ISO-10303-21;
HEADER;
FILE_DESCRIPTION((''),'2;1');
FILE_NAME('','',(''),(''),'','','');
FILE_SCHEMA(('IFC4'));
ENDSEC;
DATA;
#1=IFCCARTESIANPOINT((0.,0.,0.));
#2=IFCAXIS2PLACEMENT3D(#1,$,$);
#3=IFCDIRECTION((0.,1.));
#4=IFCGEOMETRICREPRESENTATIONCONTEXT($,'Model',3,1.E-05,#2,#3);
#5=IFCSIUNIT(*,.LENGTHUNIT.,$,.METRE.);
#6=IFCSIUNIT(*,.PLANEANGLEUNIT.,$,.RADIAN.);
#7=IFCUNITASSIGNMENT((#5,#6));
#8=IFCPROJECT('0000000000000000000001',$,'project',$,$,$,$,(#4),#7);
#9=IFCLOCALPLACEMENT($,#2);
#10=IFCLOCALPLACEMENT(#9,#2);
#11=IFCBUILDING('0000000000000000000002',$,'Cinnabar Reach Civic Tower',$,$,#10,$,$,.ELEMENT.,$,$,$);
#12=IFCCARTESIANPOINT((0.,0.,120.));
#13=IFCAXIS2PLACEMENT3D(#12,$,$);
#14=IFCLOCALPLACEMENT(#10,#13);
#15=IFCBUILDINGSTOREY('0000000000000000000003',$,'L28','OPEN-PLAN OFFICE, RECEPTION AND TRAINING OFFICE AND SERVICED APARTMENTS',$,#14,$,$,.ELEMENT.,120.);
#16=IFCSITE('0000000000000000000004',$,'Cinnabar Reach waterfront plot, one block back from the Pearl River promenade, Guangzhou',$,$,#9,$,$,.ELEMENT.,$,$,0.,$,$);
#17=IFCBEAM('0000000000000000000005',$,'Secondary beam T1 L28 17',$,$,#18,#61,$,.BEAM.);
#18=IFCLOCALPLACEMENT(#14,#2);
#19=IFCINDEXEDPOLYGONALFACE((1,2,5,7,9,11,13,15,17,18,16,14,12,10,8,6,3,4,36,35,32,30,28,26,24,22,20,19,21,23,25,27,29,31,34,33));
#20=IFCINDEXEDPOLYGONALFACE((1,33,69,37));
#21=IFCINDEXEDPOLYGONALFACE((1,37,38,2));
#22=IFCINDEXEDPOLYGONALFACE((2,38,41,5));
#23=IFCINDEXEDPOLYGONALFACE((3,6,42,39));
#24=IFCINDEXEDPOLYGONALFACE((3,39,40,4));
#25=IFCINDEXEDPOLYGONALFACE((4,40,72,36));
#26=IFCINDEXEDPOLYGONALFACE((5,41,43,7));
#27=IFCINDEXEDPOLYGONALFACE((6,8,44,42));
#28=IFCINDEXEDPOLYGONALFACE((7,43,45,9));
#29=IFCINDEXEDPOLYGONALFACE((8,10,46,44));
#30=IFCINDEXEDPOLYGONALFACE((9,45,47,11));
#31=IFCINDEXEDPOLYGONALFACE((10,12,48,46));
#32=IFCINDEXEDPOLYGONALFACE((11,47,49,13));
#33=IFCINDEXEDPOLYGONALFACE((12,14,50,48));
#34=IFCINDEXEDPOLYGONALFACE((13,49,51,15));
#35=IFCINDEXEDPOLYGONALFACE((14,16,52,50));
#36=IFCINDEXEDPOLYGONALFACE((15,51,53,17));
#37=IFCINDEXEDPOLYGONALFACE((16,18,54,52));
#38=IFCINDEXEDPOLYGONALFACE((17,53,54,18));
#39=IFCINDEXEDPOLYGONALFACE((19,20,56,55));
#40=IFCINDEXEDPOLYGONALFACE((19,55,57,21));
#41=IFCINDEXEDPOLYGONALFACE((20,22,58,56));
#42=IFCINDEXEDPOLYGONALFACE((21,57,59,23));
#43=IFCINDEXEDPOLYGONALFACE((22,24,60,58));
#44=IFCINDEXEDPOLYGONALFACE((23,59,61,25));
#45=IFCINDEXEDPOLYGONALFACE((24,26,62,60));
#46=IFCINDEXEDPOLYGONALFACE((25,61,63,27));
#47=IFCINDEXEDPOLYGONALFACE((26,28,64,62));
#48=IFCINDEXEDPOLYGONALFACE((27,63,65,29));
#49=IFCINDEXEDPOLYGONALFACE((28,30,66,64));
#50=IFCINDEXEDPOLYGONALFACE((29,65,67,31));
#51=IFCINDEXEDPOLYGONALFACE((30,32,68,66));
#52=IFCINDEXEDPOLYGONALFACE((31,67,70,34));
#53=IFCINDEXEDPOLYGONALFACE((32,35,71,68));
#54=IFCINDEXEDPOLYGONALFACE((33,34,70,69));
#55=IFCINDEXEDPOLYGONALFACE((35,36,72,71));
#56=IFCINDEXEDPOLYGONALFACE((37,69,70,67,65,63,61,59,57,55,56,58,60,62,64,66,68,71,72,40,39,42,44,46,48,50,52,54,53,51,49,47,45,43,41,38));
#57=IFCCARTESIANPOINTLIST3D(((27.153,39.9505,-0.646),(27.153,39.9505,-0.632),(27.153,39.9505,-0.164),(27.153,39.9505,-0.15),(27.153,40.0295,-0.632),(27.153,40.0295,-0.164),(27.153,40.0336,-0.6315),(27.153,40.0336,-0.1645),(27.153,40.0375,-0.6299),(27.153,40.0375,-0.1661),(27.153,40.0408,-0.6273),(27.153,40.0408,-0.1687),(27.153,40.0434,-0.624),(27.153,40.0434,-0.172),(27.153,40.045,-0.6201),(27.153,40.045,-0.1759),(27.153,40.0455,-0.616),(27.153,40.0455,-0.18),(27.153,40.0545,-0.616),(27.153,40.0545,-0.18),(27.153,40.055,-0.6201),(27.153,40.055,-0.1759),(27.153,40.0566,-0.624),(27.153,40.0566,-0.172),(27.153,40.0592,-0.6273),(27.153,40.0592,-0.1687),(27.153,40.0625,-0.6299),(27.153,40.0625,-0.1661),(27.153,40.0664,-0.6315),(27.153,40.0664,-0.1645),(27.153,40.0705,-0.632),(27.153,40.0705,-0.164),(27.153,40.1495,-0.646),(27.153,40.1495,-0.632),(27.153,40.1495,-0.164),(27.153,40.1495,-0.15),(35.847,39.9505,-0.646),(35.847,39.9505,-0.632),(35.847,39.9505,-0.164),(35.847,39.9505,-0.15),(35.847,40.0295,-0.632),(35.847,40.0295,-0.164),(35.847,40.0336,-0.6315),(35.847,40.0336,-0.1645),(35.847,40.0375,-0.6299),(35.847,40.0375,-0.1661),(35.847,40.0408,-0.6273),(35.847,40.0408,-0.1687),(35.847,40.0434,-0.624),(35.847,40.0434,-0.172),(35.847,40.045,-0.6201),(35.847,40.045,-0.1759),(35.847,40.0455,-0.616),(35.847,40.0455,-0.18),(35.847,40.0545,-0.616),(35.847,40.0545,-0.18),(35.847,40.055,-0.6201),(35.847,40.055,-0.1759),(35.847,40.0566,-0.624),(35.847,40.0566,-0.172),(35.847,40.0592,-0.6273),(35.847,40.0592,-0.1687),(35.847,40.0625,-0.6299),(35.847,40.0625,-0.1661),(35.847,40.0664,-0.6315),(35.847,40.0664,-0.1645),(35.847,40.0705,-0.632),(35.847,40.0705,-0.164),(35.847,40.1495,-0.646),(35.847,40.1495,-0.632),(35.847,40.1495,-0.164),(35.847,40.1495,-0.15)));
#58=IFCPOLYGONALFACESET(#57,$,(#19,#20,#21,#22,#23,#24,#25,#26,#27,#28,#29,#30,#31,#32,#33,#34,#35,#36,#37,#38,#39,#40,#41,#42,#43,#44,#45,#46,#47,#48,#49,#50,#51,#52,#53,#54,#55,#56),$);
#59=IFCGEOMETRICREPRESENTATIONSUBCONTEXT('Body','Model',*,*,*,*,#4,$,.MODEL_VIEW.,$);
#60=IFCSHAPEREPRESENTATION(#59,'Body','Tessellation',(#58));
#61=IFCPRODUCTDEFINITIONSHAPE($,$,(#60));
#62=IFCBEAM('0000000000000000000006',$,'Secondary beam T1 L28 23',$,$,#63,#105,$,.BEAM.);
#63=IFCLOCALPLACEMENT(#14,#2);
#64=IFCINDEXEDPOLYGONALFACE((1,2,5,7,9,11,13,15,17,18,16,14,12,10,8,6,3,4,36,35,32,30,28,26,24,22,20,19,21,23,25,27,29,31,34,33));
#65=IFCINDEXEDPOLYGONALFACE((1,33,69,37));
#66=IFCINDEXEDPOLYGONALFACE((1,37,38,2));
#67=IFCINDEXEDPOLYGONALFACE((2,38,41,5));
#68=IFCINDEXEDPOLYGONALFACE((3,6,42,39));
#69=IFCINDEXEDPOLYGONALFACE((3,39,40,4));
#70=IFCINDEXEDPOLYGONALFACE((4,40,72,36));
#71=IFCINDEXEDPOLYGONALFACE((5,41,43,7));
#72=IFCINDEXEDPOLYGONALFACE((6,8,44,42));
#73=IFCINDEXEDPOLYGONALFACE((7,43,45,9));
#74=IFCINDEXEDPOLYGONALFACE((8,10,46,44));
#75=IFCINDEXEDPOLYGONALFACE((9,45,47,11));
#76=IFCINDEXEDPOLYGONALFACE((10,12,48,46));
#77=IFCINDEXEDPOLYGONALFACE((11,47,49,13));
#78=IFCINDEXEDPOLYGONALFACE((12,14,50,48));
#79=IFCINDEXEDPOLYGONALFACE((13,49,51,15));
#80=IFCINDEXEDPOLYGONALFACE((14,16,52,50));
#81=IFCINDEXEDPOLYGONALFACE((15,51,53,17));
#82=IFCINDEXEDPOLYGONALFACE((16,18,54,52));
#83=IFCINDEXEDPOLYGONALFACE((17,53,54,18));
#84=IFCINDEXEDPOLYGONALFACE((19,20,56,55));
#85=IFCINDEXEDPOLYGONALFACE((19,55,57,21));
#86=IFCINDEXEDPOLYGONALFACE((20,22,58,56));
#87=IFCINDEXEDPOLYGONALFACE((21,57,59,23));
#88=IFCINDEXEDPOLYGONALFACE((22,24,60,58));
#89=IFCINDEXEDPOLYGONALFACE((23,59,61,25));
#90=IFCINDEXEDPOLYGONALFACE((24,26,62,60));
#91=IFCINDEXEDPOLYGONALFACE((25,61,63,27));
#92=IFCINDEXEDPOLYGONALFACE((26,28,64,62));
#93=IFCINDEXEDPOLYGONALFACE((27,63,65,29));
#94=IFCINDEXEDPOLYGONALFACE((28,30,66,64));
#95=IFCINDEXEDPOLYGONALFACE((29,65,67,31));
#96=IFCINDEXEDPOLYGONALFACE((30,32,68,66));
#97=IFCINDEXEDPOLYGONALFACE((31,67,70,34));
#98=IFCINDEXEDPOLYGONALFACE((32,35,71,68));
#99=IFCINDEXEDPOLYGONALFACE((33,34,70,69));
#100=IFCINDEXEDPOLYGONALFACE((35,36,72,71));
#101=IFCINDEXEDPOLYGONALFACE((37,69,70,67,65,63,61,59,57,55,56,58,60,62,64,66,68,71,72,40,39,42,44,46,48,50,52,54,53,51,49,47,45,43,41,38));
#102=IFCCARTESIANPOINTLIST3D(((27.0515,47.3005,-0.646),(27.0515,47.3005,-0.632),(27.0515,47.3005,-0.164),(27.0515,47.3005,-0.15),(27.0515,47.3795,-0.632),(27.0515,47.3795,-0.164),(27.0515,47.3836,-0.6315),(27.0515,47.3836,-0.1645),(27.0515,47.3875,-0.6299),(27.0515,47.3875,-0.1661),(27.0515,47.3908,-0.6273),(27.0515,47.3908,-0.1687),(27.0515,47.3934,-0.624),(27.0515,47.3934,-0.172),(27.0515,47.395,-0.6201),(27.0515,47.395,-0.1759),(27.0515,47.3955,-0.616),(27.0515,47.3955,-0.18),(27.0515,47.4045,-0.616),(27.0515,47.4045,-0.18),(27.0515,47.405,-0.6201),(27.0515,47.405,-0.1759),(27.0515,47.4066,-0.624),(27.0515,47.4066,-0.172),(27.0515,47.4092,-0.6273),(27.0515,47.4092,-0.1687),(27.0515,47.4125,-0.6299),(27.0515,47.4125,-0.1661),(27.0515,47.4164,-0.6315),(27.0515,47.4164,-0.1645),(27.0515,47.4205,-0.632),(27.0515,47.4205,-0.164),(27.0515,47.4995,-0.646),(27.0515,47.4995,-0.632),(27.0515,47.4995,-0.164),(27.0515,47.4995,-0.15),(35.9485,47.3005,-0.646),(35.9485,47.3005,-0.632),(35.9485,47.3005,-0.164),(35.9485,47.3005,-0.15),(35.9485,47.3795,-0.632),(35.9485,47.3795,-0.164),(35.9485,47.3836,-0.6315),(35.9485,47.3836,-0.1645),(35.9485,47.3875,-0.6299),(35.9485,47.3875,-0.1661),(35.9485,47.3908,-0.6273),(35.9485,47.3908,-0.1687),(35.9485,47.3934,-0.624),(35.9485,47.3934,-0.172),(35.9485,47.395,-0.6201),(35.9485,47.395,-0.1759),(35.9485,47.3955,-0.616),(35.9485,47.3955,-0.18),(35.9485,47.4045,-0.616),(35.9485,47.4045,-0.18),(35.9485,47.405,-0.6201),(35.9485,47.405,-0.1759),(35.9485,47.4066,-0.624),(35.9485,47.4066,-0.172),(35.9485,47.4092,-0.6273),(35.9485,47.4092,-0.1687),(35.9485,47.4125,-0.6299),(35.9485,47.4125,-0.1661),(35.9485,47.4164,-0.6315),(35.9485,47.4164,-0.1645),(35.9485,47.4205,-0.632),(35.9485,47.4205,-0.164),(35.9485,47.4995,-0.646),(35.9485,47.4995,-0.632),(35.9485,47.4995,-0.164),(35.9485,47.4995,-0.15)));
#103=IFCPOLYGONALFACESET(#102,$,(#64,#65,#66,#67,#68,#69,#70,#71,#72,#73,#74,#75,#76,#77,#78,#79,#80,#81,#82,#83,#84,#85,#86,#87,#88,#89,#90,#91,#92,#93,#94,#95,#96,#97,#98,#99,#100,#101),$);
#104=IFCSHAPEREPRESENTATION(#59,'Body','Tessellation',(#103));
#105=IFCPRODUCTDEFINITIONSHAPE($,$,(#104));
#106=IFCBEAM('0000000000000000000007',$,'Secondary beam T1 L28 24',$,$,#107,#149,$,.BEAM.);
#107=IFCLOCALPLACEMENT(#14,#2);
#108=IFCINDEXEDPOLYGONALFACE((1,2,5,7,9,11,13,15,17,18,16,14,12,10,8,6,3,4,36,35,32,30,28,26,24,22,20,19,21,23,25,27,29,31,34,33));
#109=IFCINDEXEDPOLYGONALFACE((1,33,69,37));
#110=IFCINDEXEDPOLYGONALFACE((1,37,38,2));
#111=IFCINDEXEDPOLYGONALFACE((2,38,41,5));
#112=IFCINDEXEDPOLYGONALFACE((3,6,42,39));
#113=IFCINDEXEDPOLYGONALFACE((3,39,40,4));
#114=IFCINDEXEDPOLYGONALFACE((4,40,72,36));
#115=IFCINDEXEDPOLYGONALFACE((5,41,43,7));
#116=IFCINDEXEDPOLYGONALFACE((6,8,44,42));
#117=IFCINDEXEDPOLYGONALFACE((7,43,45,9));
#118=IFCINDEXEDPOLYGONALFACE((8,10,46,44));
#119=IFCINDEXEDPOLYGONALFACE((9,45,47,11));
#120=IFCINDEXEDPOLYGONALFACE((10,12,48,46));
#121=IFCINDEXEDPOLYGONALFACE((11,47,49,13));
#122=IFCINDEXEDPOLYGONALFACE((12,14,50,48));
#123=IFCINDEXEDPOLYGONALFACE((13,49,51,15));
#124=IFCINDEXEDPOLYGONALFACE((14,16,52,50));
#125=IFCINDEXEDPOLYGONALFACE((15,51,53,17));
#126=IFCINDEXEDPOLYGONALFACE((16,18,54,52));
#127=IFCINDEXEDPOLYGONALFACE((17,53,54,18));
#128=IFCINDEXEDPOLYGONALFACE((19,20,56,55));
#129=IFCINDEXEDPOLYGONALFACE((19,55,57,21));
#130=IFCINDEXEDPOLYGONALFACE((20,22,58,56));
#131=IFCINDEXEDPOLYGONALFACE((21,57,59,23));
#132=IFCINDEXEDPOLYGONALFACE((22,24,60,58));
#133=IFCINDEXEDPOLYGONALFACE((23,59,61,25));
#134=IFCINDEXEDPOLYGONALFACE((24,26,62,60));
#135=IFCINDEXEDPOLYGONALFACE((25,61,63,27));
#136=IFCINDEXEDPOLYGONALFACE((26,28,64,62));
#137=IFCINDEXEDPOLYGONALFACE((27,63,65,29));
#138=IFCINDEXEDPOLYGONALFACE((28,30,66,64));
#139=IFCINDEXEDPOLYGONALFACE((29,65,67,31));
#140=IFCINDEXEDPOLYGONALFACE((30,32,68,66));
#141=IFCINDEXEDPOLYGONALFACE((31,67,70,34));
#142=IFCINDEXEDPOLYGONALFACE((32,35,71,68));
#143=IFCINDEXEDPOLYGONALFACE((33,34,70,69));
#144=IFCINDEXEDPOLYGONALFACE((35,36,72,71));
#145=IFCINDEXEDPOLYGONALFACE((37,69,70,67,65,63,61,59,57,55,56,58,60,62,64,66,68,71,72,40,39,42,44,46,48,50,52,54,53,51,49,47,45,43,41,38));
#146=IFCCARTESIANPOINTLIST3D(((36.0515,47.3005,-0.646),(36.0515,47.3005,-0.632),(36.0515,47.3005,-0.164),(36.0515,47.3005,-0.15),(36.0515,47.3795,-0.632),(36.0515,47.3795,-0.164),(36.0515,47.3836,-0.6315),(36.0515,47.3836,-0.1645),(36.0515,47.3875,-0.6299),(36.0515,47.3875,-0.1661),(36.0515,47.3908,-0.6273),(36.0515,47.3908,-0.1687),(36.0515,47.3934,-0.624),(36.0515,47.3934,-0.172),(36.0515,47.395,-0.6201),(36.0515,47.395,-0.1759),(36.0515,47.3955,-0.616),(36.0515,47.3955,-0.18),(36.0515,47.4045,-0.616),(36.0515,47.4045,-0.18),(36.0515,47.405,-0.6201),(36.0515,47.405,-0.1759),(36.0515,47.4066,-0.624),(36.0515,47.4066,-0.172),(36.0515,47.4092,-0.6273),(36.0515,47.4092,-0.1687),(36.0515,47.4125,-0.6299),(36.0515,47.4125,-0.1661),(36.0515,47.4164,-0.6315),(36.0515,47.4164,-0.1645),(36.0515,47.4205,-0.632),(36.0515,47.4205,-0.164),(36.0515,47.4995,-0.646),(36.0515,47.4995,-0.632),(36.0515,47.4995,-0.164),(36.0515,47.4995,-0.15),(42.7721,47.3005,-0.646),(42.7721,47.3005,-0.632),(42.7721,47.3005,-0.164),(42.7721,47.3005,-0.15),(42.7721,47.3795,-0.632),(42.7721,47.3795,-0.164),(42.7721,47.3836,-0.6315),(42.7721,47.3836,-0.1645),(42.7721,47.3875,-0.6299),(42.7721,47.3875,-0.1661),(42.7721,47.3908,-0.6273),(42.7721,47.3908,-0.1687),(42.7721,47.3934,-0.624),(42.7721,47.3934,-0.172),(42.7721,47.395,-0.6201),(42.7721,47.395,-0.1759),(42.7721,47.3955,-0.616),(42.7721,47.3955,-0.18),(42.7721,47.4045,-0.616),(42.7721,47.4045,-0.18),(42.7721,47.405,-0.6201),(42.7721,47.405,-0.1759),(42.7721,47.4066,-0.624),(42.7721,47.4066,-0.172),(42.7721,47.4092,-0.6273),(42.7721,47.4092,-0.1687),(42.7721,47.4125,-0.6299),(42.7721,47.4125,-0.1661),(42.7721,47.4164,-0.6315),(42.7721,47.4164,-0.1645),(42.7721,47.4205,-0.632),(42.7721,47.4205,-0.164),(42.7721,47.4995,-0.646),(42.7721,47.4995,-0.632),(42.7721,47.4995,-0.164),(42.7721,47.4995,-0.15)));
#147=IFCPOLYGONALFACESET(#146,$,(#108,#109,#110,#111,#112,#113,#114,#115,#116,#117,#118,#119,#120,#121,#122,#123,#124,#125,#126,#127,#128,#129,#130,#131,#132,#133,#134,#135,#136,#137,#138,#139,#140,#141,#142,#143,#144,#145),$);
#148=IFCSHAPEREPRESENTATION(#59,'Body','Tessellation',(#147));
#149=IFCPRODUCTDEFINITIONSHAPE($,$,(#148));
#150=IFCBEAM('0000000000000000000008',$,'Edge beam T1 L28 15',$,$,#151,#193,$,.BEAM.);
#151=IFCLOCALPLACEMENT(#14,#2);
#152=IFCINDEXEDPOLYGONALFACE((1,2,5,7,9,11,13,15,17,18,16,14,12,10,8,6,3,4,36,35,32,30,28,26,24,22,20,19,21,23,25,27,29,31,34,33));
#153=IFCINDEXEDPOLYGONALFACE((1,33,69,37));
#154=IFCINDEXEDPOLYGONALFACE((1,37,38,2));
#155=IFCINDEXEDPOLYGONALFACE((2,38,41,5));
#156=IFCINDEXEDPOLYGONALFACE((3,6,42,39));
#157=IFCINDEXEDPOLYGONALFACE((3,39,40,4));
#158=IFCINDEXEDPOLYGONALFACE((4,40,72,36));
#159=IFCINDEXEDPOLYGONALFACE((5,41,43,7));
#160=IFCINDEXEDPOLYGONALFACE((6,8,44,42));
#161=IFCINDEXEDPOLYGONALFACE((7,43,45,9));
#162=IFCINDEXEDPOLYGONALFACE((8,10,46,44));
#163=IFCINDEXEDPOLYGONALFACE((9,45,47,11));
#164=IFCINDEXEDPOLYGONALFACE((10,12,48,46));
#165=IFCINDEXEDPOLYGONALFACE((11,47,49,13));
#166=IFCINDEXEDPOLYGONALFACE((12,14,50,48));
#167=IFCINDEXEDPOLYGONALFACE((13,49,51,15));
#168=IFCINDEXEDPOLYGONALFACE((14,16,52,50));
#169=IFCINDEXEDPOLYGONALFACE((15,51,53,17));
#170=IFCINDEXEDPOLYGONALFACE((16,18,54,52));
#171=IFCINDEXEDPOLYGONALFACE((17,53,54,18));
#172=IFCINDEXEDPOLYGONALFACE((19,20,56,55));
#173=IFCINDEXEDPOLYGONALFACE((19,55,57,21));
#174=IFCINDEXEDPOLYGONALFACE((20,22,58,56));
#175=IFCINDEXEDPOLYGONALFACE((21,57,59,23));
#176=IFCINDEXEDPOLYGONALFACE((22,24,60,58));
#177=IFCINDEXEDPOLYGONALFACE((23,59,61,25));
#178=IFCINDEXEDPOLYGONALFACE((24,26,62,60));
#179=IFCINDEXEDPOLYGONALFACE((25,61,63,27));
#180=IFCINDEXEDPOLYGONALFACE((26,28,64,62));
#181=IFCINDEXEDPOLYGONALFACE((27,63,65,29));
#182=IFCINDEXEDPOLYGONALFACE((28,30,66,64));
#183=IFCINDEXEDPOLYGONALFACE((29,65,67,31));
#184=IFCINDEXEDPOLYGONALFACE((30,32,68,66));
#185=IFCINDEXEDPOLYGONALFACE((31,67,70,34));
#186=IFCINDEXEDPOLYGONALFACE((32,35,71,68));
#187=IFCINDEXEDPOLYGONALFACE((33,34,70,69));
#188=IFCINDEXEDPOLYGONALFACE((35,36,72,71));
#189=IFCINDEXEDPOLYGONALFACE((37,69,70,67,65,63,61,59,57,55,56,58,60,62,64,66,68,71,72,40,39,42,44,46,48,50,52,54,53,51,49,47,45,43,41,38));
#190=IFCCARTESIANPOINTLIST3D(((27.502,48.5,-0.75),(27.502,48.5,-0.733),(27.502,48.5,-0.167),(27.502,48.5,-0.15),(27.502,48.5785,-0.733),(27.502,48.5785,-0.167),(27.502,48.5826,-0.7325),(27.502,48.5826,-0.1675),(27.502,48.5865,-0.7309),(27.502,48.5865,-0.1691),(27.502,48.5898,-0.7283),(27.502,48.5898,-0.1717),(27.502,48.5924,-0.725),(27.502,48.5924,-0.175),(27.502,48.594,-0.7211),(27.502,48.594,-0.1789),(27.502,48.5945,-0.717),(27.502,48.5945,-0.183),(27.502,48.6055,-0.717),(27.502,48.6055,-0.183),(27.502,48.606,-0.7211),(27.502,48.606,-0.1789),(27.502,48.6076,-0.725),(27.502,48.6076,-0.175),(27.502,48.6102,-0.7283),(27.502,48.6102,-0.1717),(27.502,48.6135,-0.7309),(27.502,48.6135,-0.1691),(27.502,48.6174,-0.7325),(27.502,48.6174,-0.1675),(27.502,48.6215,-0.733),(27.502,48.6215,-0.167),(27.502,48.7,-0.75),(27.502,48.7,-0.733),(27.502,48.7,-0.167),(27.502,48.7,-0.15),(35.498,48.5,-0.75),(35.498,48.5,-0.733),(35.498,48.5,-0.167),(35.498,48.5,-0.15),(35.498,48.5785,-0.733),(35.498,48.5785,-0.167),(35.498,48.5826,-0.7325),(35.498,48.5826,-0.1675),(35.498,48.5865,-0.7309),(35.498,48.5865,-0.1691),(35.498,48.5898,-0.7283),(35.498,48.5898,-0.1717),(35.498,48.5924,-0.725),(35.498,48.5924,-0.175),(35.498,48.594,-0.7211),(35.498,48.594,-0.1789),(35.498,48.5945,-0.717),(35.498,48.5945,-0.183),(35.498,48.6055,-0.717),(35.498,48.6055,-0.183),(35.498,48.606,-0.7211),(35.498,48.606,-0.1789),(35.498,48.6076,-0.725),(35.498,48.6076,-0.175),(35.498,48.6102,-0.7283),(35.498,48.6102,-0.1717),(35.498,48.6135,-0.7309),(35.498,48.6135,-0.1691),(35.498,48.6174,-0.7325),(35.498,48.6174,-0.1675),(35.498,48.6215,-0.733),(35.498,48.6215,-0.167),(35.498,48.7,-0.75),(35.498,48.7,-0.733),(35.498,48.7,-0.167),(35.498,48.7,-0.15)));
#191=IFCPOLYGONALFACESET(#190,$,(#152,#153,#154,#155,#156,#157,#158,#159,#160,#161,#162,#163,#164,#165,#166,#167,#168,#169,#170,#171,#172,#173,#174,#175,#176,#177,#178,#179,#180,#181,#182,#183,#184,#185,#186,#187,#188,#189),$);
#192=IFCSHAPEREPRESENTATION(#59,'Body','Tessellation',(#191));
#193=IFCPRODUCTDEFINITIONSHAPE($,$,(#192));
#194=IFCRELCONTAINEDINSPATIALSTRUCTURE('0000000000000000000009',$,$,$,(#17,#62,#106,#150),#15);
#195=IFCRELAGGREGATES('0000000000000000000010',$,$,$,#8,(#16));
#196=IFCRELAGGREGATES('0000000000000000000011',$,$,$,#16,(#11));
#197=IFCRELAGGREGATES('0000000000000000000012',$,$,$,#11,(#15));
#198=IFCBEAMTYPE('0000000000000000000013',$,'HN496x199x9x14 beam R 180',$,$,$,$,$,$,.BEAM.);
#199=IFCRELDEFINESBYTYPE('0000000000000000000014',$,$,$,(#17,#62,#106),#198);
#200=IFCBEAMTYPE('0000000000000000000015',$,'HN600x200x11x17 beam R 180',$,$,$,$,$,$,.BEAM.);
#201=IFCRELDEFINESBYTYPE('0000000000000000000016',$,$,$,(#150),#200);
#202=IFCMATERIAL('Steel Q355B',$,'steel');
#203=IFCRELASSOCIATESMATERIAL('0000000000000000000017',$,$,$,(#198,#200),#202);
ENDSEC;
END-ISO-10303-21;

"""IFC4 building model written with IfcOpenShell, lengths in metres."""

from ifc_helpers import new_model, si_unit, direction, frame, origin, origin_2d, place, context, subcontext, project, spatial, i_section, extrude, material, material_profile, profile_set, type_object, element, save


model = new_model("IFC4")

# Units and contexts
model_context = context("Model", 3, precision=1e-05, world=origin(), true_north=direction((0.0, 1.0)))
body_context = subcontext(model_context, "Body", "Model", "MODEL_VIEW")
ifc_project = project(units=[si_unit("LENGTHUNIT", "METRE"), si_unit("PLANEANGLEUNIT", "RADIAN")], contexts=[model_context])

# Site, building, storey
site_placement = place(None, origin())
site = spatial("IfcSite", under=ifc_project, at=site_placement, Name="Cinnabar Reach waterfront plot, one block back from the Pearl River promenade, Guangzhou", CompositionType="ELEMENT", RefElevation=0.0)
building_placement = place(site_placement, origin())
building = spatial("IfcBuilding", under=site, at=building_placement, Name="Cinnabar Reach Civic Tower", CompositionType="ELEMENT")
storey_placement = place(building_placement, frame((0.0, 0.0, 120.0)))
storey = spatial("IfcBuildingStorey", under=building, at=storey_placement, Name="L28", Description="OPEN-PLAN OFFICE, RECEPTION AND TRAINING OFFICE AND SERVICED APARTMENTS", CompositionType="ELEMENT", Elevation=120.0)

# Beams
ifc_material_1 = material(Name="Steel Q355B", Category="steel")
ifc_material_profile_1 = material_profile(ifc_material_1, i_section(OverallWidth=0.199, OverallDepth=0.496, WebThickness=0.009, FlangeThickness=0.014, FilletRadius=0.016, at=origin_2d()), Name="HN496x199x9x14")
ifc_profile_set_1 = profile_set([ifc_material_profile_1], Name="Steel Q355B")
beam_type_1 = type_object("IfcBeamType", Name="HN496x199x9x14 beam R 180", PredefinedType="BEAM", material=ifc_profile_set_1)
beam_1_placement = place(storey_placement, frame((27.153, 40.05, -0.398), z_axis=(1.0, 0.0, 0.0), x_axis=(0.0, 1.0, 0.0)))
element("IfcBeam", 1, at=beam_1_placement, inside=storey, type_object=beam_type_1, Name="Secondary beam T1 L28 17", PredefinedType="BEAM", context=body_context, shape_type="SweptSolid", body=[
    extrude(i_section(OverallWidth=0.199, OverallDepth=0.496, WebThickness=0.009, FlangeThickness=0.014, FilletRadius=0.016, at=origin_2d()), origin(), (0.0, 0.0, 1.0), 8.694),
])
beam_2_placement = place(storey_placement, frame((27.0515, 47.4, -0.398), z_axis=(1.0, 0.0, 0.0), x_axis=(0.0, 1.0, 0.0)))
element("IfcBeam", 2, at=beam_2_placement, inside=storey, type_object=beam_type_1, Name="Secondary beam T1 L28 23", PredefinedType="BEAM", context=body_context, shape_type="SweptSolid", body=[
    extrude(i_section(OverallWidth=0.199, OverallDepth=0.496, WebThickness=0.009, FlangeThickness=0.014, FilletRadius=0.016, at=origin_2d()), origin(), (0.0, 0.0, 1.0), 8.897),
])
beam_3_placement = place(storey_placement, frame((36.0515, 47.4, -0.398), z_axis=(1.0, 0.0, 0.0), x_axis=(0.0, 1.0, 0.0)))
element("IfcBeam", 3, at=beam_3_placement, inside=storey, type_object=beam_type_1, Name="Secondary beam T1 L28 24", PredefinedType="BEAM", context=body_context, shape_type="SweptSolid", body=[
    extrude(i_section(OverallWidth=0.199, OverallDepth=0.496, WebThickness=0.009, FlangeThickness=0.014, FilletRadius=0.016, at=origin_2d()), origin(), (0.0, 0.0, 1.0), 6.7206),
])
ifc_material_profile_2 = material_profile(ifc_material_1, i_section(OverallWidth=0.2, OverallDepth=0.6, WebThickness=0.011, FlangeThickness=0.017, FilletRadius=0.016, at=origin_2d()), Name="HN600x200x11x17")
ifc_profile_set_2 = profile_set([ifc_material_profile_2], Name="Steel Q355B")
beam_type_2 = type_object("IfcBeamType", Name="HN600x200x11x17 beam R 180", PredefinedType="BEAM", material=ifc_profile_set_2)
for number, where, z_axis, x_axis, name in (
    (4, (35.498, 48.6, -0.45), (-1.0, 0.0, 0.0), (0.0, -1.0, 0.0), "Edge beam T1 L28 15"),
):
    element("IfcBeam", number, at=place(storey_placement, frame(where, z_axis=z_axis, x_axis=x_axis)), inside=storey, type_object=beam_type_2, Name=name, PredefinedType="BEAM", context=body_context, shape_type="SweptSolid", body=[
        extrude(i_section(OverallWidth=0.2, OverallDepth=0.6, WebThickness=0.011, FlangeThickness=0.017, FilletRadius=0.016, at=origin_2d()), origin(), (0.0, 0.0, 1.0), 7.996),
    ])

save(model, "model.ifc")
